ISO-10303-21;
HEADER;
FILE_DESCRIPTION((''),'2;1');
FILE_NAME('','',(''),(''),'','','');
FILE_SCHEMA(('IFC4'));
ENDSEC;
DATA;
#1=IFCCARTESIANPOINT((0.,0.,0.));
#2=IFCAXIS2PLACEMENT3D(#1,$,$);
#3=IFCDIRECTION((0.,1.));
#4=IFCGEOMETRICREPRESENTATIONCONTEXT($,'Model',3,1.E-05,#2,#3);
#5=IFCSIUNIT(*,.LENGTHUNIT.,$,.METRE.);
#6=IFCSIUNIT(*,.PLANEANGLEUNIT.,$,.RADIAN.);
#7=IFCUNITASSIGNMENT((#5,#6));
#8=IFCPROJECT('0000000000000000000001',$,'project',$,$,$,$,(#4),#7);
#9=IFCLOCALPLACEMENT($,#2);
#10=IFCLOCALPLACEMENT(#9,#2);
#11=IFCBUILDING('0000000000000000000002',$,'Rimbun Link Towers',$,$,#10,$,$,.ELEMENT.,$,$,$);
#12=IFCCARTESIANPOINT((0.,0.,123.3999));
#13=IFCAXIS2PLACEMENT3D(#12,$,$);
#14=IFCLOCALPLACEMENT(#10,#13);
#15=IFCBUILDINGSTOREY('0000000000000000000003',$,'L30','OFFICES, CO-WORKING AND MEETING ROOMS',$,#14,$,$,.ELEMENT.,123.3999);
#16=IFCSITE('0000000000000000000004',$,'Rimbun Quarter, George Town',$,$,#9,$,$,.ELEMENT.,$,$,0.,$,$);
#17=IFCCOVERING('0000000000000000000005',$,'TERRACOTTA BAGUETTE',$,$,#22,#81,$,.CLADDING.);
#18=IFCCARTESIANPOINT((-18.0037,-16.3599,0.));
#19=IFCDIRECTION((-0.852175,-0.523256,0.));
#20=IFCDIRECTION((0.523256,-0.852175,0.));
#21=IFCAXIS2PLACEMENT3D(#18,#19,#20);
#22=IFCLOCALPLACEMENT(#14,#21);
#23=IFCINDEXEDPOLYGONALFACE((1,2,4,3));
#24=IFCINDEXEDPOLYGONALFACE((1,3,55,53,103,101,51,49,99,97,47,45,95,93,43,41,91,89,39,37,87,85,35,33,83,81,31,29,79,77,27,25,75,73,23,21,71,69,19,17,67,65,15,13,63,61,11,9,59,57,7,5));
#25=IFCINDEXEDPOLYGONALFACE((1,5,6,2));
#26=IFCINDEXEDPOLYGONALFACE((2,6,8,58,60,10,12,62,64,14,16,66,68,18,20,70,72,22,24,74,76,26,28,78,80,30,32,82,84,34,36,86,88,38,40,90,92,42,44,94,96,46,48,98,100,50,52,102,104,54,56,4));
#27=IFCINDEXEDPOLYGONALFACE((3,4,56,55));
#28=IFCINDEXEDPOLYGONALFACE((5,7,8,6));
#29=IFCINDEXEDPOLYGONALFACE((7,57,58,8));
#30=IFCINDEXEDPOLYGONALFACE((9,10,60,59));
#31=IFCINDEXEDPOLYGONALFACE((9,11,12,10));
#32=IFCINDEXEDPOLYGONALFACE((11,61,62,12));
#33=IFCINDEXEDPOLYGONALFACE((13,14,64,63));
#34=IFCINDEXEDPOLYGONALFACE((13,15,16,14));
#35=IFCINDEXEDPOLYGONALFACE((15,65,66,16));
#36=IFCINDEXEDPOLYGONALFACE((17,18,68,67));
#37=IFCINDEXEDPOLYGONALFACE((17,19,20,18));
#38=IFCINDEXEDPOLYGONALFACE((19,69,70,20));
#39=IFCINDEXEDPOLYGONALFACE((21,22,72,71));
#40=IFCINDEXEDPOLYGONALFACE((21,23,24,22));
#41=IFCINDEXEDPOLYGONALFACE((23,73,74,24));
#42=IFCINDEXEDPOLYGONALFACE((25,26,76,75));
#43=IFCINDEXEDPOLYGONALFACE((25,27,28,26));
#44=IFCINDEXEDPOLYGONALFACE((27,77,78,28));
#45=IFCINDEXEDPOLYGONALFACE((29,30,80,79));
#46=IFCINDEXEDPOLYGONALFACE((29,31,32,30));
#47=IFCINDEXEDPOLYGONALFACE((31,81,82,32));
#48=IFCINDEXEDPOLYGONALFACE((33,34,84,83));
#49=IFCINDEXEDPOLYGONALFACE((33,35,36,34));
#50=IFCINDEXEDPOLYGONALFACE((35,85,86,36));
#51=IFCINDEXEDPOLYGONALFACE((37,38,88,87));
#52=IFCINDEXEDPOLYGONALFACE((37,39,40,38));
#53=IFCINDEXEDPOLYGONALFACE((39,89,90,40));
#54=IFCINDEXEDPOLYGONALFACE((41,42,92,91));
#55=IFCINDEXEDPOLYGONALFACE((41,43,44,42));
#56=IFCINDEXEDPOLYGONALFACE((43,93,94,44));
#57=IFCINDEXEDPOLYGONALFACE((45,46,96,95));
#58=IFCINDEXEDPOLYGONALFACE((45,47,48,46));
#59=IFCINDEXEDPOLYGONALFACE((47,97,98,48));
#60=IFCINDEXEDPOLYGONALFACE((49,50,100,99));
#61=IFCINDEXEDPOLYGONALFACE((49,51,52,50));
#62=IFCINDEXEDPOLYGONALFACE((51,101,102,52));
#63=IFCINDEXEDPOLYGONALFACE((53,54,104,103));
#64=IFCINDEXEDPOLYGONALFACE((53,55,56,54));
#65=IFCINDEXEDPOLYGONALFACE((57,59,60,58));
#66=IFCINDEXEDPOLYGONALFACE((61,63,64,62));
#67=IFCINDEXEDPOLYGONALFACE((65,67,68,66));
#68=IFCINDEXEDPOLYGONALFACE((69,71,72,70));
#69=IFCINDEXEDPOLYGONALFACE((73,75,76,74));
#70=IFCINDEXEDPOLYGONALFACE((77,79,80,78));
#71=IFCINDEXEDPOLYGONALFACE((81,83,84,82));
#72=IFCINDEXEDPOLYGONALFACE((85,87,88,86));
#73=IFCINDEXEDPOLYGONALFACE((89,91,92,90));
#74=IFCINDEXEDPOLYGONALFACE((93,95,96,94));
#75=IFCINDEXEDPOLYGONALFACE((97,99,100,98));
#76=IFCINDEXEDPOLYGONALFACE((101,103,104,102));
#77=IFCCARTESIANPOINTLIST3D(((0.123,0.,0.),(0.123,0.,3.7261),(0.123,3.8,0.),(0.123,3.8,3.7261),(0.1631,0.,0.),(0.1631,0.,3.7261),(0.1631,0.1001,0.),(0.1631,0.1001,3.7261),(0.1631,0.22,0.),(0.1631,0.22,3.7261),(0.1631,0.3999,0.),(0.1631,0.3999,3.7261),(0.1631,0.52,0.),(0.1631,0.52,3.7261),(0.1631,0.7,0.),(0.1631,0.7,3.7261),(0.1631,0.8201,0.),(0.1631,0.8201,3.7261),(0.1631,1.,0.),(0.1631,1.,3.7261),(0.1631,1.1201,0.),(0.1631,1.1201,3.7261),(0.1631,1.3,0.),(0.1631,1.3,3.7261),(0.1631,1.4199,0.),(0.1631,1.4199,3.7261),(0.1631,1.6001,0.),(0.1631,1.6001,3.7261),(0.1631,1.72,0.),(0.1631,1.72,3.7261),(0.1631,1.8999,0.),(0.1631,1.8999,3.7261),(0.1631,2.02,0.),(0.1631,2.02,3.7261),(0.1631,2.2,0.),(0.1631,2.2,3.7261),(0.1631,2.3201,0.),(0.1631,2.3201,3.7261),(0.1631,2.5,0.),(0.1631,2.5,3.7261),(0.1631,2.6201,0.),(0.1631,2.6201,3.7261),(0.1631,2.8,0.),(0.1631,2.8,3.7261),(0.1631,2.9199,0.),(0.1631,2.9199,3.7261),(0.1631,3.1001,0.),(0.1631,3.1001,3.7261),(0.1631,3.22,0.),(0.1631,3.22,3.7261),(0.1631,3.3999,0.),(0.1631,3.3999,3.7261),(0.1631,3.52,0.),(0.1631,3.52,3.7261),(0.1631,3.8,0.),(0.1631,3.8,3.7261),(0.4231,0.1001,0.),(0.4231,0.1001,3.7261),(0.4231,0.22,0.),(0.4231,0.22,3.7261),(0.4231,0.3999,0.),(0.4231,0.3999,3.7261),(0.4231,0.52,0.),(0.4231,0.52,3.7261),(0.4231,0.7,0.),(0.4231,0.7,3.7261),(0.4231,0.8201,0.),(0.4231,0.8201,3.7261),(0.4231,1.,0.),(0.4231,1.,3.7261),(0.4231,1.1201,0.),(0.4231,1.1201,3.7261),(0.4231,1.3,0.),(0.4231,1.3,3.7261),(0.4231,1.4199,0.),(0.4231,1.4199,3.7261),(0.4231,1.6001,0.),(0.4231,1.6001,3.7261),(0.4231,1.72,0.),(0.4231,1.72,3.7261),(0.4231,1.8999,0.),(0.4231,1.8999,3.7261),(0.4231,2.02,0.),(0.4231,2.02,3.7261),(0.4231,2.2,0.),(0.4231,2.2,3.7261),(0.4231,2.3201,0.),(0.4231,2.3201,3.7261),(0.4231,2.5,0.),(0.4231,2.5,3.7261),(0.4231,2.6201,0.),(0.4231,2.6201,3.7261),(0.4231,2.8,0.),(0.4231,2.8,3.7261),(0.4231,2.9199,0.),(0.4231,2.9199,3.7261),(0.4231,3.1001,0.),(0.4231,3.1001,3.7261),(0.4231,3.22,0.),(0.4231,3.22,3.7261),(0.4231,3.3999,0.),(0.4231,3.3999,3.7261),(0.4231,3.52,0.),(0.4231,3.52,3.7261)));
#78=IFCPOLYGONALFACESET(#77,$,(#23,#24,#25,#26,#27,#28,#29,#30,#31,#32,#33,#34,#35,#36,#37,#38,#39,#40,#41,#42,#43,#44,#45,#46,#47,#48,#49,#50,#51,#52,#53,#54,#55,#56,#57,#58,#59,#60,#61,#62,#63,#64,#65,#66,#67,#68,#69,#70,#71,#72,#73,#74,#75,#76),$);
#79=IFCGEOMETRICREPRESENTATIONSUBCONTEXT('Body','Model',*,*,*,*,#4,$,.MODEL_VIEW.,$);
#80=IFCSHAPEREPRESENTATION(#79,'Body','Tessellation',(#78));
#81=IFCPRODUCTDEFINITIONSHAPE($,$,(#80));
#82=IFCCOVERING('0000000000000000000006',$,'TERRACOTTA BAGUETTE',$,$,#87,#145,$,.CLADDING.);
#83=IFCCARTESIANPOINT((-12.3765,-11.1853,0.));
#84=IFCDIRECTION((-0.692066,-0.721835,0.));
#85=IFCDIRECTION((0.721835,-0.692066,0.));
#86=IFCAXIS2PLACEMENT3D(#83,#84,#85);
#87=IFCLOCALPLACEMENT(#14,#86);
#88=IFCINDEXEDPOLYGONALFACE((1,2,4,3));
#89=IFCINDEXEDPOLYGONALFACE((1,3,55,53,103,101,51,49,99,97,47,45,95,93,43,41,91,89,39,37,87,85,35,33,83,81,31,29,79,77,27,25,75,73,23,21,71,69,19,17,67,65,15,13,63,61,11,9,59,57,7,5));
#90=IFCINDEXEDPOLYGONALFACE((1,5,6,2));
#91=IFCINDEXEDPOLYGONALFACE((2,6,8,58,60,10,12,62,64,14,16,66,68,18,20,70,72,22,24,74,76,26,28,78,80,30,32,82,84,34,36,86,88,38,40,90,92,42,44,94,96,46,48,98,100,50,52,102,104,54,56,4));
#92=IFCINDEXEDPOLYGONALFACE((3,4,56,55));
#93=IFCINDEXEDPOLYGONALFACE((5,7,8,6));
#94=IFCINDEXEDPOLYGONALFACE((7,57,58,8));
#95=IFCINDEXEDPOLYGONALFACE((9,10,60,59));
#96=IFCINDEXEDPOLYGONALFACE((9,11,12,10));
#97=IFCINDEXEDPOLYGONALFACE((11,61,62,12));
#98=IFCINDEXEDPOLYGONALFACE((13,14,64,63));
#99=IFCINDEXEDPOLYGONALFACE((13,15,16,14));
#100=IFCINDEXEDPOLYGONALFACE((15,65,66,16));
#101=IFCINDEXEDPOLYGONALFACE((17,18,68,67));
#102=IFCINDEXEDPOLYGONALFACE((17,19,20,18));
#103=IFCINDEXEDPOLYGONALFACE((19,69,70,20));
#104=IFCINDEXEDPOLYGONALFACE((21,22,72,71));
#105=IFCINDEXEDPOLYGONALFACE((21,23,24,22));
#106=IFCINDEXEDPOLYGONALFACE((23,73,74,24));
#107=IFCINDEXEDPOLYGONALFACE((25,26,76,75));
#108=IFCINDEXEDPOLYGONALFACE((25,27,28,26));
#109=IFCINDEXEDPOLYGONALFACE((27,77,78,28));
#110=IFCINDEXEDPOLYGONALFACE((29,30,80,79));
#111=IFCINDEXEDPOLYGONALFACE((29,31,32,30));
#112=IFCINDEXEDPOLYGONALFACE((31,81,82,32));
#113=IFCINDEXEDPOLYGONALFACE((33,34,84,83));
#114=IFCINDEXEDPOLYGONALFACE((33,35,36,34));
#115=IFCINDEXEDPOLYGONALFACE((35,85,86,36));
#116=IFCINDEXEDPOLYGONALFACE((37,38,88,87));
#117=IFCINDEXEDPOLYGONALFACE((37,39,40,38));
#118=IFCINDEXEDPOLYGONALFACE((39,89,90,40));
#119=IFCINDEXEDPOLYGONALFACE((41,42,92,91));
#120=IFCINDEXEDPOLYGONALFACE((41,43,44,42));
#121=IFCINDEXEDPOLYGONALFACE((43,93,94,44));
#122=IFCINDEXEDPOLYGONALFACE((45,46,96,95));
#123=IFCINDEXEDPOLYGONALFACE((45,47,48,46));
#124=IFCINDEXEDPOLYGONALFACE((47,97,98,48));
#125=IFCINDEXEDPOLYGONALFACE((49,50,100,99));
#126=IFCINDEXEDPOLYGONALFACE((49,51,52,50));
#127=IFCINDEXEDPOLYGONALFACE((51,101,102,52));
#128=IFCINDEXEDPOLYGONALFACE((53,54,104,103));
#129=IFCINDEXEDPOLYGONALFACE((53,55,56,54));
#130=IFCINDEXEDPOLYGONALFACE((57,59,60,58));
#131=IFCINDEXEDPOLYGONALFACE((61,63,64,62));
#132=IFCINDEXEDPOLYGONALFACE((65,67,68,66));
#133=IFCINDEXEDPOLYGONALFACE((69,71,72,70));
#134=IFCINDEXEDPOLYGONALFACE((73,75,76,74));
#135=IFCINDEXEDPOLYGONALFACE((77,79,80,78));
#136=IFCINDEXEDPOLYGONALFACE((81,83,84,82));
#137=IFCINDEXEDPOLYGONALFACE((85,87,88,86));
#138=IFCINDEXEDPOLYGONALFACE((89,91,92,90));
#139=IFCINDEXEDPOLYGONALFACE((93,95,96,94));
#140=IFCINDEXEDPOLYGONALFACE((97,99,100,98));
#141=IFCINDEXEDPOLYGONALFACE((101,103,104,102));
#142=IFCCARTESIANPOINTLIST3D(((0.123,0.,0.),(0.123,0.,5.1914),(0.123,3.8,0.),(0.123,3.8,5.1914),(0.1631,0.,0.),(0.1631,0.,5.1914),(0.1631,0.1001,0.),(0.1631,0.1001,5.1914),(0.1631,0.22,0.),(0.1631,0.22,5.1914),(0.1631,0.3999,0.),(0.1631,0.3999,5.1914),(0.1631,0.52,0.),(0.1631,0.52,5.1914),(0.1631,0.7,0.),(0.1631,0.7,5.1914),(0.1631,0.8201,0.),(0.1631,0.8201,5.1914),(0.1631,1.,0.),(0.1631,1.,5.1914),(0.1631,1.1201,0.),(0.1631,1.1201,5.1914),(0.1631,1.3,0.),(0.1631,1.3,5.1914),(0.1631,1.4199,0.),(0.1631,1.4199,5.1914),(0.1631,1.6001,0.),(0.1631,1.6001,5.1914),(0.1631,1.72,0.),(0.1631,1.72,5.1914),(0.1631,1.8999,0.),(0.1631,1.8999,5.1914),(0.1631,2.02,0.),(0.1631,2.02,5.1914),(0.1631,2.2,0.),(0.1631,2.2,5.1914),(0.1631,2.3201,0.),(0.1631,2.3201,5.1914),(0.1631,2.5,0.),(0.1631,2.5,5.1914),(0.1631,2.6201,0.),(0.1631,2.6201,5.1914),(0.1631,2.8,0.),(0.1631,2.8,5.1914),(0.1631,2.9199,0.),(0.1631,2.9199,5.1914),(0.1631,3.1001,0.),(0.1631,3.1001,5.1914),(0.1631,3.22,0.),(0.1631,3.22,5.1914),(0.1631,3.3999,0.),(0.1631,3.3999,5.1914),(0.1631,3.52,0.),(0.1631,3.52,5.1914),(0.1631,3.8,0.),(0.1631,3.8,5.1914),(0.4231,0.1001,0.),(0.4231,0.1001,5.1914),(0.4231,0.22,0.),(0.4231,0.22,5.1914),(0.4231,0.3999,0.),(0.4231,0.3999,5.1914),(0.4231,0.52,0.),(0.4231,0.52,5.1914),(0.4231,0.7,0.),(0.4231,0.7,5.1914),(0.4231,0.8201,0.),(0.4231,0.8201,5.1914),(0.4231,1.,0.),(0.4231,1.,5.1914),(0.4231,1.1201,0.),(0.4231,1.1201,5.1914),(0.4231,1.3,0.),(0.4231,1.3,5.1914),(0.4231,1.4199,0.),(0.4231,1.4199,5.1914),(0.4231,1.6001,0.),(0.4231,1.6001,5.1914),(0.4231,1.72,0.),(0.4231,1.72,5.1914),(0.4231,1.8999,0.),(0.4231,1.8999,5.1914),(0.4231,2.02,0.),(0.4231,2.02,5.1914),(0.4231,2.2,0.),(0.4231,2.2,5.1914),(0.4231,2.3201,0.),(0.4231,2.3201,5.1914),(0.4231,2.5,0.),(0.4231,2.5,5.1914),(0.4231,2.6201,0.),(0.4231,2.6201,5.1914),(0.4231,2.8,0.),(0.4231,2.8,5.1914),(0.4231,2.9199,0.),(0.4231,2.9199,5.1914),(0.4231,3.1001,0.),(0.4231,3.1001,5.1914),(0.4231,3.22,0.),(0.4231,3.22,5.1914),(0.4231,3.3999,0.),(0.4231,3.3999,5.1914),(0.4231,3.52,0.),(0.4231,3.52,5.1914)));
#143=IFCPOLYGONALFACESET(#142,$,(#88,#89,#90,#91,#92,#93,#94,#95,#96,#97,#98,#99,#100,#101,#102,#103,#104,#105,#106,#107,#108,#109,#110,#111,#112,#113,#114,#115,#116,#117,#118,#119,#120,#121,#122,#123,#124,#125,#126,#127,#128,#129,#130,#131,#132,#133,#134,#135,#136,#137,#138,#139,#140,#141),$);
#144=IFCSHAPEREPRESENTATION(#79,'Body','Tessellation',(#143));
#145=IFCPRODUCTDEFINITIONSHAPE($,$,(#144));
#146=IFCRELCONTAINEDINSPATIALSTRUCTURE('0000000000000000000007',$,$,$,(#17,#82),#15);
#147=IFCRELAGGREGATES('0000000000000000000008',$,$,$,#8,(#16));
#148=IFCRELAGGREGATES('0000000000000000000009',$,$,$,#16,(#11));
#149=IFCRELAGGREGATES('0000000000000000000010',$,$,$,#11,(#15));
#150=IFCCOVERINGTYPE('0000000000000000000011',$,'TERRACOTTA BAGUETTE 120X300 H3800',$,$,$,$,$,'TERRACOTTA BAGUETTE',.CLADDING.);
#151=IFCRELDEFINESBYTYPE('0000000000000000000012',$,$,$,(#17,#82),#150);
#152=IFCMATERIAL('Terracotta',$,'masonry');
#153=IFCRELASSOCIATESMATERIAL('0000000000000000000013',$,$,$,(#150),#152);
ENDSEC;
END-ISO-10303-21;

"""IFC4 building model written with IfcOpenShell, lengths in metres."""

from ifc_helpers import new_model, si_unit, direction, frame, origin, place, context, subcontext, project, spatial, polyline, outline, extrude, material, material_profile, profile_set, type_object, element, save


model = new_model("IFC4")

# Units and contexts
model_context = context("Model", 3, precision=1e-05, world=origin(), true_north=direction((0.0, 1.0)))
body_context = subcontext(model_context, "Body", "Model", "MODEL_VIEW")
ifc_project = project(units=[si_unit("LENGTHUNIT", "METRE"), si_unit("PLANEANGLEUNIT", "RADIAN")], contexts=[model_context])

# Site, building, storey
site_placement = place(None, origin())
site = spatial("IfcSite", under=ifc_project, at=site_placement, Name="Rimbun Quarter, George Town", CompositionType="ELEMENT", RefElevation=0.0)
building_placement = place(site_placement, origin())
building = spatial("IfcBuilding", under=site, at=building_placement, Name="Rimbun Link Towers", CompositionType="ELEMENT")
storey_placement = place(building_placement, frame((0.0, 0.0, 123.3999)))
storey = spatial("IfcBuildingStorey", under=building, at=storey_placement, Name="L30", Description="OFFICES, CO-WORKING AND MEETING ROOMS", CompositionType="ELEMENT", Elevation=123.3999)

# Coverings
ifc_material_1 = material(Name="Terracotta", Category="masonry")
ifc_material_profile_1 = material_profile(ifc_material_1, outline(polyline([(0.123, 0.0), (0.1631, 0.0), (0.1631, 0.1001), (0.4231, 0.1001), (0.4231, 0.22), (0.1631, 0.22), (0.1631, 0.3999), (0.4231, 0.3999), (0.4231, 0.52), (0.1631, 0.52), (0.1631, 0.7), (0.4231, 0.7), (0.4231, 0.8201), (0.1631, 0.8201), (0.1631, 1.0), (0.4231, 1.0), (0.4231, 1.1201), (0.1631, 1.1201), (0.1631, 1.3), (0.4231, 1.3), (0.4231, 1.4199), (0.1631, 1.4199), (0.1631, 1.6001), (0.4231, 1.6001), (0.4231, 1.72), (0.1631, 1.72), (0.1631, 1.8999), (0.4231, 1.8999), (0.4231, 2.02), (0.1631, 2.02), (0.1631, 2.2), (0.4231, 2.2), (0.4231, 2.3201), (0.1631, 2.3201), (0.1631, 2.5), (0.4231, 2.5), (0.4231, 2.6201), (0.1631, 2.6201), (0.1631, 2.8), (0.4231, 2.8), (0.4231, 2.9199), (0.1631, 2.9199), (0.1631, 3.1001), (0.4231, 3.1001), (0.4231, 3.22), (0.1631, 3.22), (0.1631, 3.3999), (0.4231, 3.3999), (0.4231, 3.52), (0.1631, 3.52), (0.1631, 3.8), (0.123, 3.8), (0.123, 0.0)])), Name="BAGUETTE 120X300")
ifc_profile_set_1 = profile_set([ifc_material_profile_1], Name="Terracotta")
covering_type = type_object("IfcCoveringType", Name="TERRACOTTA BAGUETTE 120X300 H3800", ElementType="TERRACOTTA BAGUETTE", PredefinedType="CLADDING", material=ifc_profile_set_1)
covering_1_placement = place(storey_placement, frame((-18.0037, -16.3599, 0.0), z_axis=(-0.852175, -0.523256, 0.0), x_axis=(0.523256, -0.852175, 0.0)))
element("IfcCovering", 1, at=covering_1_placement, inside=storey, type_object=covering_type, Name="TERRACOTTA BAGUETTE", PredefinedType="CLADDING", context=body_context, shape_type="SweptSolid", body=[
    extrude(outline(polyline([(0.123, 0.0), (0.1631, 0.0), (0.1631, 0.1001), (0.4231, 0.1001), (0.4231, 0.22), (0.1631, 0.22), (0.1631, 0.3999), (0.4231, 0.3999), (0.4231, 0.52), (0.1631, 0.52), (0.1631, 0.7), (0.4231, 0.7), (0.4231, 0.8201), (0.1631, 0.8201), (0.1631, 1.0), (0.4231, 1.0), (0.4231, 1.1201), (0.1631, 1.1201), (0.1631, 1.3), (0.4231, 1.3), (0.4231, 1.4199), (0.1631, 1.4199), (0.1631, 1.6001), (0.4231, 1.6001), (0.4231, 1.72), (0.1631, 1.72), (0.1631, 1.8999), (0.4231, 1.8999), (0.4231, 2.02), (0.1631, 2.02), (0.1631, 2.2), (0.4231, 2.2), (0.4231, 2.3201), (0.1631, 2.3201), (0.1631, 2.5), (0.4231, 2.5), (0.4231, 2.6201), (0.1631, 2.6201), (0.1631, 2.8), (0.4231, 2.8), (0.4231, 2.9199), (0.1631, 2.9199), (0.1631, 3.1001), (0.4231, 3.1001), (0.4231, 3.22), (0.1631, 3.22), (0.1631, 3.3999), (0.4231, 3.3999), (0.4231, 3.52), (0.1631, 3.52), (0.1631, 3.8), (0.123, 3.8), (0.123, 0.0)])), origin(), (0.0, 0.0, 1.0), 3.7261),
])
covering_2_placement = place(storey_placement, frame((-12.3765, -11.1853, 0.0), z_axis=(-0.692066, -0.721835, 0.0), x_axis=(0.721835, -0.692066, 0.0)))
element("IfcCovering", 2, at=covering_2_placement, inside=storey, type_object=covering_type, Name="TERRACOTTA BAGUETTE", PredefinedType="CLADDING", context=body_context, shape_type="SweptSolid", body=[
    extrude(outline(polyline([(0.123, 0.0), (0.1631, 0.0), (0.1631, 0.1001), (0.4231, 0.1001), (0.4231, 0.22), (0.1631, 0.22), (0.1631, 0.3999), (0.4231, 0.3999), (0.4231, 0.52), (0.1631, 0.52), (0.1631, 0.7), (0.4231, 0.7), (0.4231, 0.8201), (0.1631, 0.8201), (0.1631, 1.0), (0.4231, 1.0), (0.4231, 1.1201), (0.1631, 1.1201), (0.1631, 1.3), (0.4231, 1.3), (0.4231, 1.4199), (0.1631, 1.4199), (0.1631, 1.6001), (0.4231, 1.6001), (0.4231, 1.72), (0.1631, 1.72), (0.1631, 1.8999), (0.4231, 1.8999), (0.4231, 2.02), (0.1631, 2.02), (0.1631, 2.2), (0.4231, 2.2), (0.4231, 2.3201), (0.1631, 2.3201), (0.1631, 2.5), (0.4231, 2.5), (0.4231, 2.6201), (0.1631, 2.6201), (0.1631, 2.8), (0.4231, 2.8), (0.4231, 2.9199), (0.1631, 2.9199), (0.1631, 3.1001), (0.4231, 3.1001), (0.4231, 3.22), (0.1631, 3.22), (0.1631, 3.3999), (0.4231, 3.3999), (0.4231, 3.52), (0.1631, 3.52), (0.1631, 3.8), (0.123, 3.8), (0.123, 0.0)])), origin(), (0.0, 0.0, 1.0), 5.1914),
])

save(model, "model.ifc")
